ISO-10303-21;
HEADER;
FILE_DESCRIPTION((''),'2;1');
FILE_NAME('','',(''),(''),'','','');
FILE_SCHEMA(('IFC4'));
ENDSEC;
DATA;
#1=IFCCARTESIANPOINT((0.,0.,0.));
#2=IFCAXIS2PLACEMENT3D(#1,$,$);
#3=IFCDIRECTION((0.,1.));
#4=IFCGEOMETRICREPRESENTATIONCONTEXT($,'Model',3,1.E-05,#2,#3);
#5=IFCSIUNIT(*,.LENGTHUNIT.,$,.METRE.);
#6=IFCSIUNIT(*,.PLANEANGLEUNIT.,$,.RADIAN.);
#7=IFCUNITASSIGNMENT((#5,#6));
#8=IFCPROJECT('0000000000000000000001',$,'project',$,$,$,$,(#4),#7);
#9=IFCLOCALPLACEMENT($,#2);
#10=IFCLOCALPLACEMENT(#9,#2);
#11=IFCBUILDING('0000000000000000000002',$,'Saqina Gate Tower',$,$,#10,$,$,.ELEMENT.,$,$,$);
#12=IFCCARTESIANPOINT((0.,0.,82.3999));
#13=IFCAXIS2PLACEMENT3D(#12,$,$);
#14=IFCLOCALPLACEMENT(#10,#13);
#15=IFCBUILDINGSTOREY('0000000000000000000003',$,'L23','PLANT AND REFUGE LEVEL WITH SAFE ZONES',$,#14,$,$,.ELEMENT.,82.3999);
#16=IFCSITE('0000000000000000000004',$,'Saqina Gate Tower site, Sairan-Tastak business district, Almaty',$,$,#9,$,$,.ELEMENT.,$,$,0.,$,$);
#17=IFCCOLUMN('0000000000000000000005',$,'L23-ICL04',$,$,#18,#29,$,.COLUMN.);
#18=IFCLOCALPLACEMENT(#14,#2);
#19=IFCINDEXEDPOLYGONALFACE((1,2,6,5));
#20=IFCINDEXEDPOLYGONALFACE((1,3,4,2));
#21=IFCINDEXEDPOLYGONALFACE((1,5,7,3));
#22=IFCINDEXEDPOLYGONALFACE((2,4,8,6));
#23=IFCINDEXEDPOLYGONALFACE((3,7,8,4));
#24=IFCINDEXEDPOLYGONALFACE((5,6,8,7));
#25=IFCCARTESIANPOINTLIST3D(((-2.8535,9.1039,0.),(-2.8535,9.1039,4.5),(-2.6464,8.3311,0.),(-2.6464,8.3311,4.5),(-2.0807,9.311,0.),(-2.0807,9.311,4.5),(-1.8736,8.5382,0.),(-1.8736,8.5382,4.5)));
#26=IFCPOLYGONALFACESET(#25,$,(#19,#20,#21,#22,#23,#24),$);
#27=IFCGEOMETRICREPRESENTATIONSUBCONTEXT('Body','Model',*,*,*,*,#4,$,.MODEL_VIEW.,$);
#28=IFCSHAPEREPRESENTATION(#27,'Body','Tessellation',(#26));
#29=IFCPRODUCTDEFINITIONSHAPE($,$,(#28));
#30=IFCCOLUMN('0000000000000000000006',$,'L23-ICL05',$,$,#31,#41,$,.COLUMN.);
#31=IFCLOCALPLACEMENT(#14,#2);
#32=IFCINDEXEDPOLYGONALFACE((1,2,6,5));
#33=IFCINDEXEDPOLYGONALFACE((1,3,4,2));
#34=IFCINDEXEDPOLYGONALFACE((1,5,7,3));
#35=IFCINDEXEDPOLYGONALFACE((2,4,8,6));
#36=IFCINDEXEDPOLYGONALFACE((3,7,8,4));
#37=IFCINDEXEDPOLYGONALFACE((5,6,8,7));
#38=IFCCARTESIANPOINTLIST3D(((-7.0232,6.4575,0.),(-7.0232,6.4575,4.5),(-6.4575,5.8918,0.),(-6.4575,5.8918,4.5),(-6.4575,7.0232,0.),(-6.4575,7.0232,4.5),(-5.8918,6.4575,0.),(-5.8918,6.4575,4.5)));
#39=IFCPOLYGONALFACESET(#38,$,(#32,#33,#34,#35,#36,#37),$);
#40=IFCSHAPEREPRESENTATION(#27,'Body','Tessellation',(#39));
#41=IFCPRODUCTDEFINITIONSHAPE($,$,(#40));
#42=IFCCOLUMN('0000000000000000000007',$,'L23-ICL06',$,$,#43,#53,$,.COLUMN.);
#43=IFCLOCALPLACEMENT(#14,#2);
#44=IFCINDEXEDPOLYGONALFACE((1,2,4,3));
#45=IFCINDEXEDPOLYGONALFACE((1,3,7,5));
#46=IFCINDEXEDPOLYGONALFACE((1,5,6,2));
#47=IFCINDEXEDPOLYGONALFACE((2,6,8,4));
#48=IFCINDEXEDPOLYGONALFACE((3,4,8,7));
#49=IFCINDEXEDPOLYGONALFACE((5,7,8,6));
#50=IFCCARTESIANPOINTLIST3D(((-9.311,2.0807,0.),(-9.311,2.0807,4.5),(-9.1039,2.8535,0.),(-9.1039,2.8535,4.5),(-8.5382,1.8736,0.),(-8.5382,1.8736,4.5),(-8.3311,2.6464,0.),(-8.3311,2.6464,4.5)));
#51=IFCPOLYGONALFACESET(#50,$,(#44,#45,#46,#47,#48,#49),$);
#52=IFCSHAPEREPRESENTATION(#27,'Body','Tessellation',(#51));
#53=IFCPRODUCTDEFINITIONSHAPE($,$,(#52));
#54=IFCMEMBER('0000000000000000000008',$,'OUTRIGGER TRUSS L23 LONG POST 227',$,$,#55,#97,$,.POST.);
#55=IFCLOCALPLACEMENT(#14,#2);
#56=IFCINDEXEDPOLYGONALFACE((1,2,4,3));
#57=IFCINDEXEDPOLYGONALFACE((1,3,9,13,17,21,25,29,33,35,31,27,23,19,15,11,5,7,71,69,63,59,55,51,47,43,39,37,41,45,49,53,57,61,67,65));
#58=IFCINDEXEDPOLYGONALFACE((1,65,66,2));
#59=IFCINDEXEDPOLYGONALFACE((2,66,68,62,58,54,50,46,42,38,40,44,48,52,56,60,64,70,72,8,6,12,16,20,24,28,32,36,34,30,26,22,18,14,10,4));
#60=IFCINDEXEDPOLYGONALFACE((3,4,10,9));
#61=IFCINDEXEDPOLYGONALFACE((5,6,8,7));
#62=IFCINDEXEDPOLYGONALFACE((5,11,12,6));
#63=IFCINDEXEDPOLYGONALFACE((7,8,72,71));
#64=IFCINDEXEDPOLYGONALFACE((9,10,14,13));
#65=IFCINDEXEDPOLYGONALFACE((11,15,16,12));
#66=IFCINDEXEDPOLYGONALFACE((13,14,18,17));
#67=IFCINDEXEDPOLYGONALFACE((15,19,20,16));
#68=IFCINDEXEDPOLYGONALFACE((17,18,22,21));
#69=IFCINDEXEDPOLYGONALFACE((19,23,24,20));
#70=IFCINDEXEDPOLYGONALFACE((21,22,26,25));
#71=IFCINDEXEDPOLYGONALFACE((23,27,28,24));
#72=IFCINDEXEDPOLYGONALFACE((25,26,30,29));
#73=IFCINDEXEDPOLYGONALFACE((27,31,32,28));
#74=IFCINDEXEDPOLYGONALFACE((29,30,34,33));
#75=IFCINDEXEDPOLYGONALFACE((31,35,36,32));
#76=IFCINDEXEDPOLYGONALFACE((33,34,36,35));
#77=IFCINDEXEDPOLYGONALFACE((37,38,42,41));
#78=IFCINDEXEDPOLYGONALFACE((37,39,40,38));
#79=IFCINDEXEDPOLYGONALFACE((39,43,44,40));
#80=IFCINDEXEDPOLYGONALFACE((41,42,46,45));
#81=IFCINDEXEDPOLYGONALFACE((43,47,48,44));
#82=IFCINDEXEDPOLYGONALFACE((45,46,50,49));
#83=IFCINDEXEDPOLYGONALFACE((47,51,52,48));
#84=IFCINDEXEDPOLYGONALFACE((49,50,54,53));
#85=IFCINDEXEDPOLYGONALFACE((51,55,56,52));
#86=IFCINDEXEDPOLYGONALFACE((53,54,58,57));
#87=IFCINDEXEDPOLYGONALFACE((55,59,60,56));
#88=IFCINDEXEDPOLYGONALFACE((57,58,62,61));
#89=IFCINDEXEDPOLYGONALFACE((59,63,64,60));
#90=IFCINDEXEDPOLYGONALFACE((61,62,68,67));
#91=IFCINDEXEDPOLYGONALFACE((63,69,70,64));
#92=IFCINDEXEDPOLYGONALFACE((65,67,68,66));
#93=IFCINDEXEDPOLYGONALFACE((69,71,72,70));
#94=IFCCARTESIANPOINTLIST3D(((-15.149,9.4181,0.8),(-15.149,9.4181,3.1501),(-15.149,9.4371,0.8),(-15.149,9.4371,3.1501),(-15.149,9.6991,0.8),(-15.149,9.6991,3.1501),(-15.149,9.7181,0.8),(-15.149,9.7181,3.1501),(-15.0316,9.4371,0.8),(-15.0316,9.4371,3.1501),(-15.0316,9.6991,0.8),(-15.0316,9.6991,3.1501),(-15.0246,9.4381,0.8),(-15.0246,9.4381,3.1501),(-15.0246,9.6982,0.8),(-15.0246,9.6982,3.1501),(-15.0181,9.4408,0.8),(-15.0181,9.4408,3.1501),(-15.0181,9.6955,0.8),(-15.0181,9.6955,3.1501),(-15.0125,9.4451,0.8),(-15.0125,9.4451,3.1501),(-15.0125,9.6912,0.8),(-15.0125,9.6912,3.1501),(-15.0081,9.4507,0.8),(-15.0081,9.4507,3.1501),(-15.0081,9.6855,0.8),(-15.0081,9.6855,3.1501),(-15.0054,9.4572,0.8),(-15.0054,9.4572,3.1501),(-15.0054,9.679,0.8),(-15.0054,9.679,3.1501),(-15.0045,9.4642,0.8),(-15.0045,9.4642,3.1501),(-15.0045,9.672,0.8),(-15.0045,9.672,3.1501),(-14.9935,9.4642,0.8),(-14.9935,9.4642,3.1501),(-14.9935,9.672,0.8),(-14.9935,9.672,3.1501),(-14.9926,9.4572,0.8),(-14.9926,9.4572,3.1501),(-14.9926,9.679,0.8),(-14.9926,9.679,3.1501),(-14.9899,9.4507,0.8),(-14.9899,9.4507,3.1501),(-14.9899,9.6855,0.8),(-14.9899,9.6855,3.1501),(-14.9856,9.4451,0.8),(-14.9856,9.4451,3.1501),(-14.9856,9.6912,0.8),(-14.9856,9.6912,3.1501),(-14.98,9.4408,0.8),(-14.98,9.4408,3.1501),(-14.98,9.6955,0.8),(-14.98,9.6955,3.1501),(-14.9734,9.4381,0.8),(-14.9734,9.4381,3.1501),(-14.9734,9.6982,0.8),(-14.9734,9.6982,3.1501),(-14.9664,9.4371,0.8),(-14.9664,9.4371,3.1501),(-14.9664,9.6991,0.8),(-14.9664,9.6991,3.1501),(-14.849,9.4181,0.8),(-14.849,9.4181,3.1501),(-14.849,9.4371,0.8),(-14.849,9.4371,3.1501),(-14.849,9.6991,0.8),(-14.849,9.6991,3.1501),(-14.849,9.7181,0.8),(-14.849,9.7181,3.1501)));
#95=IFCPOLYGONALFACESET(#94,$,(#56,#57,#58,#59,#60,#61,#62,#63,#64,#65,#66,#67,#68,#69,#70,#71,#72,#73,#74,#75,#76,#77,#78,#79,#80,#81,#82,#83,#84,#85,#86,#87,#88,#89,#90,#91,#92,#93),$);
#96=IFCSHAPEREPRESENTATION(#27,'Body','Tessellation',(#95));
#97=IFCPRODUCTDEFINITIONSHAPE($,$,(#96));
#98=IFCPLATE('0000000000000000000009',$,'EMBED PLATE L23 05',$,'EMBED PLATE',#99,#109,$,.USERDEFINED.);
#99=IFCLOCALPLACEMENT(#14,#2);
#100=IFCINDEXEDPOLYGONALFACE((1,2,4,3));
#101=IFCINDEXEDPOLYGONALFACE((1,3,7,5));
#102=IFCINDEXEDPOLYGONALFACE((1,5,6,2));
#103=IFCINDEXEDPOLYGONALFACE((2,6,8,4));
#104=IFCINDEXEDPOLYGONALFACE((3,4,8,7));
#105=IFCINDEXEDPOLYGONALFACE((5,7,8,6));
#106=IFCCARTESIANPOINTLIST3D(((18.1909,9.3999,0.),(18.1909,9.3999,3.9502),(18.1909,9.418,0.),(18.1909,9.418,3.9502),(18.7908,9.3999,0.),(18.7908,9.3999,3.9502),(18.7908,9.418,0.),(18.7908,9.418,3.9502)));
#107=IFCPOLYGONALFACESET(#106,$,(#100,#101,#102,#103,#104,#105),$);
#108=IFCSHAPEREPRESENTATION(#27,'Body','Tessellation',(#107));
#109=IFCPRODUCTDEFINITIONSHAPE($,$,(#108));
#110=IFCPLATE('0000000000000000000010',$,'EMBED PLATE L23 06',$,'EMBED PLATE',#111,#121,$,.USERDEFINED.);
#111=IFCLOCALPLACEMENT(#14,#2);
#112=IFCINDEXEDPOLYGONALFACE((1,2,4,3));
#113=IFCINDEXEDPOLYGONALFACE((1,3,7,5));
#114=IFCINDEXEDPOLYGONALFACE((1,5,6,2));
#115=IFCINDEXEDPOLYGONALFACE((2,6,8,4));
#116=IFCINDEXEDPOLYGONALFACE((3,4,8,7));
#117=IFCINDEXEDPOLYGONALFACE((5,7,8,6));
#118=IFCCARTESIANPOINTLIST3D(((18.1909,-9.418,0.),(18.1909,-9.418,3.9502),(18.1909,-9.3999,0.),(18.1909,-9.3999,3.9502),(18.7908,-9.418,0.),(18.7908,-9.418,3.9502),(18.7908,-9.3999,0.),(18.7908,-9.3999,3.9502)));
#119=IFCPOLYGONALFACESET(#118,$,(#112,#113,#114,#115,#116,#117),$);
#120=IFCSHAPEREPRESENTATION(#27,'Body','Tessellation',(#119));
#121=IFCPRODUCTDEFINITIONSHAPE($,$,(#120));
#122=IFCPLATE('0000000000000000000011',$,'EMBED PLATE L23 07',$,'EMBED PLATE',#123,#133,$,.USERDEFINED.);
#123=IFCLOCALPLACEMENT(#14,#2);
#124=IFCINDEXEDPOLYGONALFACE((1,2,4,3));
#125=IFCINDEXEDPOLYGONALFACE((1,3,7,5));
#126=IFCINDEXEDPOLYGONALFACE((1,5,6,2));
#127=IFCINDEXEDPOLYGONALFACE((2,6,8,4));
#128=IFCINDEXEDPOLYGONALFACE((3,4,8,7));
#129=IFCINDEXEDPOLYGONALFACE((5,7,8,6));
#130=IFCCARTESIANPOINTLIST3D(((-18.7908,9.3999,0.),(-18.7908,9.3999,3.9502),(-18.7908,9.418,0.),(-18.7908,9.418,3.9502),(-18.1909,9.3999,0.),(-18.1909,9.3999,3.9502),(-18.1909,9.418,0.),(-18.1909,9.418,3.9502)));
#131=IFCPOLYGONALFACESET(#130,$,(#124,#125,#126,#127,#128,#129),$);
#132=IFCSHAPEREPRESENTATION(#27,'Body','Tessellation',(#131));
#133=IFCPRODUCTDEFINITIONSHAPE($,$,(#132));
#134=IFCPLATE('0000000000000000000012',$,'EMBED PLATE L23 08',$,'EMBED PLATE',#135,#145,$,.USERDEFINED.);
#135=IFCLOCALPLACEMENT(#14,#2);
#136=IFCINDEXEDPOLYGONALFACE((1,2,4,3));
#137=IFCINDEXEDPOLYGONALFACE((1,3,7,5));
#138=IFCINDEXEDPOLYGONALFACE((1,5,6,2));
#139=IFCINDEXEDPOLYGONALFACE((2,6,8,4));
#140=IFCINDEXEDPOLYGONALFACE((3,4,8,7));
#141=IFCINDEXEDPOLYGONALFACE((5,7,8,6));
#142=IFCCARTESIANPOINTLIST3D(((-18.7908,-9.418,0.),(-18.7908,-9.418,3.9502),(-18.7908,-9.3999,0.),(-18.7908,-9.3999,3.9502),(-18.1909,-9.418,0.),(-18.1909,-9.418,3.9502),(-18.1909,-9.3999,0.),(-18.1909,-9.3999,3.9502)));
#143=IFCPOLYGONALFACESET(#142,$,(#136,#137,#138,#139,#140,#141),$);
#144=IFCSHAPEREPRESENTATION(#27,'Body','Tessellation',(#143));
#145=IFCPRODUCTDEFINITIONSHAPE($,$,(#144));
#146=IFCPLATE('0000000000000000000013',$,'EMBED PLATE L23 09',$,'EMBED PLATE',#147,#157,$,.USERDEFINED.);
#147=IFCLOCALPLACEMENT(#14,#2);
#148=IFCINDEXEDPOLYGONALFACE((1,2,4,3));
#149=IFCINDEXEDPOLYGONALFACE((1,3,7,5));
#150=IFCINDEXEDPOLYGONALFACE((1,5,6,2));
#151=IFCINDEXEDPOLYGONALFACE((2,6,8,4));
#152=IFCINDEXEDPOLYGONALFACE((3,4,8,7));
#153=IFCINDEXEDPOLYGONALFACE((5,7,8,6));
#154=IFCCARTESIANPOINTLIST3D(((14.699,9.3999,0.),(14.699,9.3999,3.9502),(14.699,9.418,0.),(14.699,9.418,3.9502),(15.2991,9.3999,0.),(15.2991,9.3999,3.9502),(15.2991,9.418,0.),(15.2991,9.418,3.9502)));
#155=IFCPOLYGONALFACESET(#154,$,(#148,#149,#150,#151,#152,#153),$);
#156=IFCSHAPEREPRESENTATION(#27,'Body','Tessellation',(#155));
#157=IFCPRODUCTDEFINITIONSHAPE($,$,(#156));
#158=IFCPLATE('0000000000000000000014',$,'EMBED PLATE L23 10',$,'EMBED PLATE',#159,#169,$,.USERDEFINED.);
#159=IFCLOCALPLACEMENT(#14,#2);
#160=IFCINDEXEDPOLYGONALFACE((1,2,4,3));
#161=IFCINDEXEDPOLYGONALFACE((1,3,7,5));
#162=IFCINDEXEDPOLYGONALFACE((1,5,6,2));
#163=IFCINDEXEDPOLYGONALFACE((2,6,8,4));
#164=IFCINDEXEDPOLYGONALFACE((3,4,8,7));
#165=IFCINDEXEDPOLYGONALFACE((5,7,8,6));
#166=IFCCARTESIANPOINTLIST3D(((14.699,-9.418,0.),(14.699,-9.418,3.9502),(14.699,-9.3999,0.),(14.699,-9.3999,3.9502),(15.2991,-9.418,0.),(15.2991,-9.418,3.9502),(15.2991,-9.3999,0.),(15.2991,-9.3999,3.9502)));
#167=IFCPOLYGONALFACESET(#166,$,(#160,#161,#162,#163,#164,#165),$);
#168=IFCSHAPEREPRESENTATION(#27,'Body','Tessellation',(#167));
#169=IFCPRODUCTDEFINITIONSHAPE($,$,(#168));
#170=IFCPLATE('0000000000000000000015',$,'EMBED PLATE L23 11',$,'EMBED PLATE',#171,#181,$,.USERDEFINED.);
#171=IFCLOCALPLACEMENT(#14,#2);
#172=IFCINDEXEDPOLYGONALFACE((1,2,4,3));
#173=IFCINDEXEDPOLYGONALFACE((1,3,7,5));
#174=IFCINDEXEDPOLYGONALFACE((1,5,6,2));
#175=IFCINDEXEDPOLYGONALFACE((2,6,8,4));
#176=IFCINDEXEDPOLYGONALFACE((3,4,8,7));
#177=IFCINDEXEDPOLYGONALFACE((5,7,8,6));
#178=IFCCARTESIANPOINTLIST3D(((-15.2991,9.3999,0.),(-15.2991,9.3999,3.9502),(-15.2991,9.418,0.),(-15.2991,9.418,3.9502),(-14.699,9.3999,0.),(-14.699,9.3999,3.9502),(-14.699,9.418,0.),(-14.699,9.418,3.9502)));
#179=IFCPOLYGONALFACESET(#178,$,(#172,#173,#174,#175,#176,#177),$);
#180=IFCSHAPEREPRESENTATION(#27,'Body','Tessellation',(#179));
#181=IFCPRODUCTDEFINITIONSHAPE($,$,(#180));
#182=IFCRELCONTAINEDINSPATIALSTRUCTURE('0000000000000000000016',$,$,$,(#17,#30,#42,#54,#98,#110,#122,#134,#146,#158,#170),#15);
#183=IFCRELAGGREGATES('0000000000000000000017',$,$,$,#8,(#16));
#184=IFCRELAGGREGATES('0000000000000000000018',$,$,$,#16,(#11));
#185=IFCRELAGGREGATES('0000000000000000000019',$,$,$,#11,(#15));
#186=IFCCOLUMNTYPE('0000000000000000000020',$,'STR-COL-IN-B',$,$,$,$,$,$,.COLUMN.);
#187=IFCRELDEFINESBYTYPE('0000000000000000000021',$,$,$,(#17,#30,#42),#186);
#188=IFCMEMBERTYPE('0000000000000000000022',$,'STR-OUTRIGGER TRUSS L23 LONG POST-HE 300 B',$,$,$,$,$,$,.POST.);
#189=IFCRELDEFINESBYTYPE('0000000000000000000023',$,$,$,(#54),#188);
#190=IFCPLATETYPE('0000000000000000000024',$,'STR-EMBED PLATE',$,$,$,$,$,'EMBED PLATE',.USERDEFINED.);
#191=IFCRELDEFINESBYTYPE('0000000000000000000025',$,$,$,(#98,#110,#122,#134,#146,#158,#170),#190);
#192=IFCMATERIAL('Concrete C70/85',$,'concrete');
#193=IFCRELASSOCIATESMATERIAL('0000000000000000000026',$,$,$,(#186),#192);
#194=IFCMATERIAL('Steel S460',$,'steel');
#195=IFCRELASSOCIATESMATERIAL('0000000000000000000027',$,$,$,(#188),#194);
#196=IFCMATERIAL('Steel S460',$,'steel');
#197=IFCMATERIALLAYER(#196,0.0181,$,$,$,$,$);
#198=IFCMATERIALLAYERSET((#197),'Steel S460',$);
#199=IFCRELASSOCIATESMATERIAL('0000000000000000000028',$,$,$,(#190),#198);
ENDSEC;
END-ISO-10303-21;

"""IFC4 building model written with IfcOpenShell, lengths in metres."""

from ifc_helpers import new_model, si_unit, direction, frame, origin, origin_2d, place, context, subcontext, project, spatial, polyline, rectangle, i_section, outline, extrude, material, layer, layer_set, material_profile, profile_set, type_object, element, save


model = new_model("IFC4")

# Units and contexts
model_context = context("Model", 3, precision=1e-05, world=origin(), true_north=direction((0.0, 1.0)))
body_context = subcontext(model_context, "Body", "Model", "MODEL_VIEW")
ifc_project = project(units=[si_unit("LENGTHUNIT", "METRE"), si_unit("PLANEANGLEUNIT", "RADIAN")], contexts=[model_context])

# Site, building, storey
site_placement = place(None, origin())
site = spatial("IfcSite", under=ifc_project, at=site_placement, Name="Saqina Gate Tower site, Sairan-Tastak business district, Almaty", CompositionType="ELEMENT", RefElevation=0.0)
building_placement = place(site_placement, origin())
building = spatial("IfcBuilding", under=site, at=building_placement, Name="Saqina Gate Tower", CompositionType="ELEMENT")
storey_placement = place(building_placement, frame((0.0, 0.0, 82.3999)))
storey = spatial("IfcBuildingStorey", under=building, at=storey_placement, Name="L23", Description="PLANT AND REFUGE LEVEL WITH SAFE ZONES", CompositionType="ELEMENT", Elevation=82.3999)

# Columns
ifc_material_1 = material(Name="Concrete C70/85", Category="concrete")
ifc_material_profile_1 = material_profile(ifc_material_1, rectangle(XDim=0.8, YDim=0.8, at=origin_2d()), Name="RC 800x800")
ifc_profile_set_1 = profile_set([ifc_material_profile_1], Name="Concrete C70/85")
column_type = type_object("IfcColumnType", Name="STR-COL-IN-B", PredefinedType="COLUMN", material=ifc_profile_set_1)
for number, where, z_axis, x_axis, name in (
    (1, (-2.3635, 8.821, 0.0), (0.0, 0.0, 1.0), (-0.258819, 0.965926, 0.0), "L23-ICL04"),
    (2, (-6.4575, 6.4575, 0.0), (0.0, 0.0, 1.0), (-0.707107, 0.707107, 0.0), "L23-ICL05"),
    (3, (-8.821, 2.3635, 0.0), (0.0, 0.0, 1.0), (-0.965926, 0.258819, 0.0), "L23-ICL06"),
):
    element("IfcColumn", number, at=place(storey_placement, frame(where, z_axis=z_axis, x_axis=x_axis)), inside=storey, type_object=column_type, Name=name, PredefinedType="COLUMN", context=body_context, shape_type="SweptSolid", body=[
        extrude(rectangle(XDim=0.8, YDim=0.8, at=origin_2d()), origin(), (0.0, 0.0, 1.0), 4.5),
    ])

# Member
ifc_material_2 = material(Name="Steel S460", Category="steel")
ifc_material_profile_2 = material_profile(ifc_material_2, i_section(OverallWidth=0.3, OverallDepth=0.3, WebThickness=0.011, FlangeThickness=0.019, FilletRadius=0.0271, at=origin_2d()), Name="HE 300 B")
ifc_profile_set_2 = profile_set([ifc_material_profile_2], Name="Steel S460")
member_type = type_object("IfcMemberType", Name="STR-OUTRIGGER TRUSS L23 LONG POST-HE 300 B", PredefinedType="POST", material=ifc_profile_set_2)
member_placement = place(storey_placement, frame((-14.999, 9.5681, 0.8), z_axis=(0.0, 0.0, 1.0), x_axis=(1.0, 0.0, 0.0)))
element("IfcMember", 4, at=member_placement, inside=storey, type_object=member_type, Name="OUTRIGGER TRUSS L23 LONG POST 227", PredefinedType="POST", context=body_context, shape_type="SweptSolid", body=[
    extrude(i_section(OverallWidth=0.3, OverallDepth=0.3, WebThickness=0.011, FlangeThickness=0.019, FilletRadius=0.0271, at=origin_2d()), origin(), (0.0, 0.0, 1.0), 2.3501),
])

# Plates
ifc_material_3 = material(Name="Steel S460", Category="steel")
ifc_layer_1 = layer(ifc_material_3, 0.0181)
ifc_layer_set_1 = layer_set([ifc_layer_1], Name="Steel S460")
plate_type = type_object("IfcPlateType", Name="STR-EMBED PLATE", ElementType="EMBED PLATE", PredefinedType="USERDEFINED", material=ifc_layer_set_1)
plate_1_placement = place(storey_placement, origin())
element("IfcPlate", 5, at=plate_1_placement, inside=storey, type_object=plate_type, Name="EMBED PLATE L23 05", ObjectType="EMBED PLATE", PredefinedType="USERDEFINED", context=body_context, shape_type="SweptSolid", body=[
    extrude(outline(polyline([(18.1909, 9.3999), (18.7908, 9.3999), (18.7908, 9.418), (18.1909, 9.418), (18.1909, 9.3999)])), origin(), (0.0, 0.0, 1.0), 3.9502),
])
plate_2_placement = place(storey_placement, origin())
element("IfcPlate", 6, at=plate_2_placement, inside=storey, type_object=plate_type, Name="EMBED PLATE L23 06", ObjectType="EMBED PLATE", PredefinedType="USERDEFINED", context=body_context, shape_type="SweptSolid", body=[
    extrude(outline(polyline([(18.1909, -9.418), (18.7908, -9.418), (18.7908, -9.3999), (18.1909, -9.3999), (18.1909, -9.418)])), origin(), (0.0, 0.0, 1.0), 3.9502),
])
plate_3_placement = place(storey_placement, origin())
element("IfcPlate", 7, at=plate_3_placement, inside=storey, type_object=plate_type, Name="EMBED PLATE L23 07", ObjectType="EMBED PLATE", PredefinedType="USERDEFINED", context=body_context, shape_type="SweptSolid", body=[
    extrude(outline(polyline([(-18.7908, 9.3999), (-18.1909, 9.3999), (-18.1909, 9.418), (-18.7908, 9.418), (-18.7908, 9.3999)])), origin(), (0.0, 0.0, 1.0), 3.9502),
])
plate_4_placement = place(storey_placement, origin())
element("IfcPlate", 8, at=plate_4_placement, inside=storey, type_object=plate_type, Name="EMBED PLATE L23 08", ObjectType="EMBED PLATE", PredefinedType="USERDEFINED", context=body_context, shape_type="SweptSolid", body=[
    extrude(outline(polyline([(-18.7908, -9.418), (-18.1909, -9.418), (-18.1909, -9.3999), (-18.7908, -9.3999), (-18.7908, -9.418)])), origin(), (0.0, 0.0, 1.0), 3.9502),
])
plate_5_placement = place(storey_placement, origin())
element("IfcPlate", 9, at=plate_5_placement, inside=storey, type_object=plate_type, Name="EMBED PLATE L23 09", ObjectType="EMBED PLATE", PredefinedType="USERDEFINED", context=body_context, shape_type="SweptSolid", body=[
    extrude(outline(polyline([(14.699, 9.3999), (15.2991, 9.3999), (15.2991, 9.418), (14.699, 9.418), (14.699, 9.3999)])), origin(), (0.0, 0.0, 1.0), 3.9502),
])
plate_6_placement = place(storey_placement, origin())
element("IfcPlate", 10, at=plate_6_placement, inside=storey, type_object=plate_type, Name="EMBED PLATE L23 10", ObjectType="EMBED PLATE", PredefinedType="USERDEFINED", context=body_context, shape_type="SweptSolid", body=[
    extrude(outline(polyline([(14.699, -9.418), (15.2991, -9.418), (15.2991, -9.3999), (14.699, -9.3999), (14.699, -9.418)])), origin(), (0.0, 0.0, 1.0), 3.9502),
])
plate_7_placement = place(storey_placement, origin())
element("IfcPlate", 11, at=plate_7_placement, inside=storey, type_object=plate_type, Name="EMBED PLATE L23 11", ObjectType="EMBED PLATE", PredefinedType="USERDEFINED", context=body_context, shape_type="SweptSolid", body=[
    extrude(outline(polyline([(-15.2991, 9.3999), (-14.699, 9.3999), (-14.699, 9.418), (-15.2991, 9.418), (-15.2991, 9.3999)])), origin(), (0.0, 0.0, 1.0), 3.9502),
])

save(model, "model.ifc")
